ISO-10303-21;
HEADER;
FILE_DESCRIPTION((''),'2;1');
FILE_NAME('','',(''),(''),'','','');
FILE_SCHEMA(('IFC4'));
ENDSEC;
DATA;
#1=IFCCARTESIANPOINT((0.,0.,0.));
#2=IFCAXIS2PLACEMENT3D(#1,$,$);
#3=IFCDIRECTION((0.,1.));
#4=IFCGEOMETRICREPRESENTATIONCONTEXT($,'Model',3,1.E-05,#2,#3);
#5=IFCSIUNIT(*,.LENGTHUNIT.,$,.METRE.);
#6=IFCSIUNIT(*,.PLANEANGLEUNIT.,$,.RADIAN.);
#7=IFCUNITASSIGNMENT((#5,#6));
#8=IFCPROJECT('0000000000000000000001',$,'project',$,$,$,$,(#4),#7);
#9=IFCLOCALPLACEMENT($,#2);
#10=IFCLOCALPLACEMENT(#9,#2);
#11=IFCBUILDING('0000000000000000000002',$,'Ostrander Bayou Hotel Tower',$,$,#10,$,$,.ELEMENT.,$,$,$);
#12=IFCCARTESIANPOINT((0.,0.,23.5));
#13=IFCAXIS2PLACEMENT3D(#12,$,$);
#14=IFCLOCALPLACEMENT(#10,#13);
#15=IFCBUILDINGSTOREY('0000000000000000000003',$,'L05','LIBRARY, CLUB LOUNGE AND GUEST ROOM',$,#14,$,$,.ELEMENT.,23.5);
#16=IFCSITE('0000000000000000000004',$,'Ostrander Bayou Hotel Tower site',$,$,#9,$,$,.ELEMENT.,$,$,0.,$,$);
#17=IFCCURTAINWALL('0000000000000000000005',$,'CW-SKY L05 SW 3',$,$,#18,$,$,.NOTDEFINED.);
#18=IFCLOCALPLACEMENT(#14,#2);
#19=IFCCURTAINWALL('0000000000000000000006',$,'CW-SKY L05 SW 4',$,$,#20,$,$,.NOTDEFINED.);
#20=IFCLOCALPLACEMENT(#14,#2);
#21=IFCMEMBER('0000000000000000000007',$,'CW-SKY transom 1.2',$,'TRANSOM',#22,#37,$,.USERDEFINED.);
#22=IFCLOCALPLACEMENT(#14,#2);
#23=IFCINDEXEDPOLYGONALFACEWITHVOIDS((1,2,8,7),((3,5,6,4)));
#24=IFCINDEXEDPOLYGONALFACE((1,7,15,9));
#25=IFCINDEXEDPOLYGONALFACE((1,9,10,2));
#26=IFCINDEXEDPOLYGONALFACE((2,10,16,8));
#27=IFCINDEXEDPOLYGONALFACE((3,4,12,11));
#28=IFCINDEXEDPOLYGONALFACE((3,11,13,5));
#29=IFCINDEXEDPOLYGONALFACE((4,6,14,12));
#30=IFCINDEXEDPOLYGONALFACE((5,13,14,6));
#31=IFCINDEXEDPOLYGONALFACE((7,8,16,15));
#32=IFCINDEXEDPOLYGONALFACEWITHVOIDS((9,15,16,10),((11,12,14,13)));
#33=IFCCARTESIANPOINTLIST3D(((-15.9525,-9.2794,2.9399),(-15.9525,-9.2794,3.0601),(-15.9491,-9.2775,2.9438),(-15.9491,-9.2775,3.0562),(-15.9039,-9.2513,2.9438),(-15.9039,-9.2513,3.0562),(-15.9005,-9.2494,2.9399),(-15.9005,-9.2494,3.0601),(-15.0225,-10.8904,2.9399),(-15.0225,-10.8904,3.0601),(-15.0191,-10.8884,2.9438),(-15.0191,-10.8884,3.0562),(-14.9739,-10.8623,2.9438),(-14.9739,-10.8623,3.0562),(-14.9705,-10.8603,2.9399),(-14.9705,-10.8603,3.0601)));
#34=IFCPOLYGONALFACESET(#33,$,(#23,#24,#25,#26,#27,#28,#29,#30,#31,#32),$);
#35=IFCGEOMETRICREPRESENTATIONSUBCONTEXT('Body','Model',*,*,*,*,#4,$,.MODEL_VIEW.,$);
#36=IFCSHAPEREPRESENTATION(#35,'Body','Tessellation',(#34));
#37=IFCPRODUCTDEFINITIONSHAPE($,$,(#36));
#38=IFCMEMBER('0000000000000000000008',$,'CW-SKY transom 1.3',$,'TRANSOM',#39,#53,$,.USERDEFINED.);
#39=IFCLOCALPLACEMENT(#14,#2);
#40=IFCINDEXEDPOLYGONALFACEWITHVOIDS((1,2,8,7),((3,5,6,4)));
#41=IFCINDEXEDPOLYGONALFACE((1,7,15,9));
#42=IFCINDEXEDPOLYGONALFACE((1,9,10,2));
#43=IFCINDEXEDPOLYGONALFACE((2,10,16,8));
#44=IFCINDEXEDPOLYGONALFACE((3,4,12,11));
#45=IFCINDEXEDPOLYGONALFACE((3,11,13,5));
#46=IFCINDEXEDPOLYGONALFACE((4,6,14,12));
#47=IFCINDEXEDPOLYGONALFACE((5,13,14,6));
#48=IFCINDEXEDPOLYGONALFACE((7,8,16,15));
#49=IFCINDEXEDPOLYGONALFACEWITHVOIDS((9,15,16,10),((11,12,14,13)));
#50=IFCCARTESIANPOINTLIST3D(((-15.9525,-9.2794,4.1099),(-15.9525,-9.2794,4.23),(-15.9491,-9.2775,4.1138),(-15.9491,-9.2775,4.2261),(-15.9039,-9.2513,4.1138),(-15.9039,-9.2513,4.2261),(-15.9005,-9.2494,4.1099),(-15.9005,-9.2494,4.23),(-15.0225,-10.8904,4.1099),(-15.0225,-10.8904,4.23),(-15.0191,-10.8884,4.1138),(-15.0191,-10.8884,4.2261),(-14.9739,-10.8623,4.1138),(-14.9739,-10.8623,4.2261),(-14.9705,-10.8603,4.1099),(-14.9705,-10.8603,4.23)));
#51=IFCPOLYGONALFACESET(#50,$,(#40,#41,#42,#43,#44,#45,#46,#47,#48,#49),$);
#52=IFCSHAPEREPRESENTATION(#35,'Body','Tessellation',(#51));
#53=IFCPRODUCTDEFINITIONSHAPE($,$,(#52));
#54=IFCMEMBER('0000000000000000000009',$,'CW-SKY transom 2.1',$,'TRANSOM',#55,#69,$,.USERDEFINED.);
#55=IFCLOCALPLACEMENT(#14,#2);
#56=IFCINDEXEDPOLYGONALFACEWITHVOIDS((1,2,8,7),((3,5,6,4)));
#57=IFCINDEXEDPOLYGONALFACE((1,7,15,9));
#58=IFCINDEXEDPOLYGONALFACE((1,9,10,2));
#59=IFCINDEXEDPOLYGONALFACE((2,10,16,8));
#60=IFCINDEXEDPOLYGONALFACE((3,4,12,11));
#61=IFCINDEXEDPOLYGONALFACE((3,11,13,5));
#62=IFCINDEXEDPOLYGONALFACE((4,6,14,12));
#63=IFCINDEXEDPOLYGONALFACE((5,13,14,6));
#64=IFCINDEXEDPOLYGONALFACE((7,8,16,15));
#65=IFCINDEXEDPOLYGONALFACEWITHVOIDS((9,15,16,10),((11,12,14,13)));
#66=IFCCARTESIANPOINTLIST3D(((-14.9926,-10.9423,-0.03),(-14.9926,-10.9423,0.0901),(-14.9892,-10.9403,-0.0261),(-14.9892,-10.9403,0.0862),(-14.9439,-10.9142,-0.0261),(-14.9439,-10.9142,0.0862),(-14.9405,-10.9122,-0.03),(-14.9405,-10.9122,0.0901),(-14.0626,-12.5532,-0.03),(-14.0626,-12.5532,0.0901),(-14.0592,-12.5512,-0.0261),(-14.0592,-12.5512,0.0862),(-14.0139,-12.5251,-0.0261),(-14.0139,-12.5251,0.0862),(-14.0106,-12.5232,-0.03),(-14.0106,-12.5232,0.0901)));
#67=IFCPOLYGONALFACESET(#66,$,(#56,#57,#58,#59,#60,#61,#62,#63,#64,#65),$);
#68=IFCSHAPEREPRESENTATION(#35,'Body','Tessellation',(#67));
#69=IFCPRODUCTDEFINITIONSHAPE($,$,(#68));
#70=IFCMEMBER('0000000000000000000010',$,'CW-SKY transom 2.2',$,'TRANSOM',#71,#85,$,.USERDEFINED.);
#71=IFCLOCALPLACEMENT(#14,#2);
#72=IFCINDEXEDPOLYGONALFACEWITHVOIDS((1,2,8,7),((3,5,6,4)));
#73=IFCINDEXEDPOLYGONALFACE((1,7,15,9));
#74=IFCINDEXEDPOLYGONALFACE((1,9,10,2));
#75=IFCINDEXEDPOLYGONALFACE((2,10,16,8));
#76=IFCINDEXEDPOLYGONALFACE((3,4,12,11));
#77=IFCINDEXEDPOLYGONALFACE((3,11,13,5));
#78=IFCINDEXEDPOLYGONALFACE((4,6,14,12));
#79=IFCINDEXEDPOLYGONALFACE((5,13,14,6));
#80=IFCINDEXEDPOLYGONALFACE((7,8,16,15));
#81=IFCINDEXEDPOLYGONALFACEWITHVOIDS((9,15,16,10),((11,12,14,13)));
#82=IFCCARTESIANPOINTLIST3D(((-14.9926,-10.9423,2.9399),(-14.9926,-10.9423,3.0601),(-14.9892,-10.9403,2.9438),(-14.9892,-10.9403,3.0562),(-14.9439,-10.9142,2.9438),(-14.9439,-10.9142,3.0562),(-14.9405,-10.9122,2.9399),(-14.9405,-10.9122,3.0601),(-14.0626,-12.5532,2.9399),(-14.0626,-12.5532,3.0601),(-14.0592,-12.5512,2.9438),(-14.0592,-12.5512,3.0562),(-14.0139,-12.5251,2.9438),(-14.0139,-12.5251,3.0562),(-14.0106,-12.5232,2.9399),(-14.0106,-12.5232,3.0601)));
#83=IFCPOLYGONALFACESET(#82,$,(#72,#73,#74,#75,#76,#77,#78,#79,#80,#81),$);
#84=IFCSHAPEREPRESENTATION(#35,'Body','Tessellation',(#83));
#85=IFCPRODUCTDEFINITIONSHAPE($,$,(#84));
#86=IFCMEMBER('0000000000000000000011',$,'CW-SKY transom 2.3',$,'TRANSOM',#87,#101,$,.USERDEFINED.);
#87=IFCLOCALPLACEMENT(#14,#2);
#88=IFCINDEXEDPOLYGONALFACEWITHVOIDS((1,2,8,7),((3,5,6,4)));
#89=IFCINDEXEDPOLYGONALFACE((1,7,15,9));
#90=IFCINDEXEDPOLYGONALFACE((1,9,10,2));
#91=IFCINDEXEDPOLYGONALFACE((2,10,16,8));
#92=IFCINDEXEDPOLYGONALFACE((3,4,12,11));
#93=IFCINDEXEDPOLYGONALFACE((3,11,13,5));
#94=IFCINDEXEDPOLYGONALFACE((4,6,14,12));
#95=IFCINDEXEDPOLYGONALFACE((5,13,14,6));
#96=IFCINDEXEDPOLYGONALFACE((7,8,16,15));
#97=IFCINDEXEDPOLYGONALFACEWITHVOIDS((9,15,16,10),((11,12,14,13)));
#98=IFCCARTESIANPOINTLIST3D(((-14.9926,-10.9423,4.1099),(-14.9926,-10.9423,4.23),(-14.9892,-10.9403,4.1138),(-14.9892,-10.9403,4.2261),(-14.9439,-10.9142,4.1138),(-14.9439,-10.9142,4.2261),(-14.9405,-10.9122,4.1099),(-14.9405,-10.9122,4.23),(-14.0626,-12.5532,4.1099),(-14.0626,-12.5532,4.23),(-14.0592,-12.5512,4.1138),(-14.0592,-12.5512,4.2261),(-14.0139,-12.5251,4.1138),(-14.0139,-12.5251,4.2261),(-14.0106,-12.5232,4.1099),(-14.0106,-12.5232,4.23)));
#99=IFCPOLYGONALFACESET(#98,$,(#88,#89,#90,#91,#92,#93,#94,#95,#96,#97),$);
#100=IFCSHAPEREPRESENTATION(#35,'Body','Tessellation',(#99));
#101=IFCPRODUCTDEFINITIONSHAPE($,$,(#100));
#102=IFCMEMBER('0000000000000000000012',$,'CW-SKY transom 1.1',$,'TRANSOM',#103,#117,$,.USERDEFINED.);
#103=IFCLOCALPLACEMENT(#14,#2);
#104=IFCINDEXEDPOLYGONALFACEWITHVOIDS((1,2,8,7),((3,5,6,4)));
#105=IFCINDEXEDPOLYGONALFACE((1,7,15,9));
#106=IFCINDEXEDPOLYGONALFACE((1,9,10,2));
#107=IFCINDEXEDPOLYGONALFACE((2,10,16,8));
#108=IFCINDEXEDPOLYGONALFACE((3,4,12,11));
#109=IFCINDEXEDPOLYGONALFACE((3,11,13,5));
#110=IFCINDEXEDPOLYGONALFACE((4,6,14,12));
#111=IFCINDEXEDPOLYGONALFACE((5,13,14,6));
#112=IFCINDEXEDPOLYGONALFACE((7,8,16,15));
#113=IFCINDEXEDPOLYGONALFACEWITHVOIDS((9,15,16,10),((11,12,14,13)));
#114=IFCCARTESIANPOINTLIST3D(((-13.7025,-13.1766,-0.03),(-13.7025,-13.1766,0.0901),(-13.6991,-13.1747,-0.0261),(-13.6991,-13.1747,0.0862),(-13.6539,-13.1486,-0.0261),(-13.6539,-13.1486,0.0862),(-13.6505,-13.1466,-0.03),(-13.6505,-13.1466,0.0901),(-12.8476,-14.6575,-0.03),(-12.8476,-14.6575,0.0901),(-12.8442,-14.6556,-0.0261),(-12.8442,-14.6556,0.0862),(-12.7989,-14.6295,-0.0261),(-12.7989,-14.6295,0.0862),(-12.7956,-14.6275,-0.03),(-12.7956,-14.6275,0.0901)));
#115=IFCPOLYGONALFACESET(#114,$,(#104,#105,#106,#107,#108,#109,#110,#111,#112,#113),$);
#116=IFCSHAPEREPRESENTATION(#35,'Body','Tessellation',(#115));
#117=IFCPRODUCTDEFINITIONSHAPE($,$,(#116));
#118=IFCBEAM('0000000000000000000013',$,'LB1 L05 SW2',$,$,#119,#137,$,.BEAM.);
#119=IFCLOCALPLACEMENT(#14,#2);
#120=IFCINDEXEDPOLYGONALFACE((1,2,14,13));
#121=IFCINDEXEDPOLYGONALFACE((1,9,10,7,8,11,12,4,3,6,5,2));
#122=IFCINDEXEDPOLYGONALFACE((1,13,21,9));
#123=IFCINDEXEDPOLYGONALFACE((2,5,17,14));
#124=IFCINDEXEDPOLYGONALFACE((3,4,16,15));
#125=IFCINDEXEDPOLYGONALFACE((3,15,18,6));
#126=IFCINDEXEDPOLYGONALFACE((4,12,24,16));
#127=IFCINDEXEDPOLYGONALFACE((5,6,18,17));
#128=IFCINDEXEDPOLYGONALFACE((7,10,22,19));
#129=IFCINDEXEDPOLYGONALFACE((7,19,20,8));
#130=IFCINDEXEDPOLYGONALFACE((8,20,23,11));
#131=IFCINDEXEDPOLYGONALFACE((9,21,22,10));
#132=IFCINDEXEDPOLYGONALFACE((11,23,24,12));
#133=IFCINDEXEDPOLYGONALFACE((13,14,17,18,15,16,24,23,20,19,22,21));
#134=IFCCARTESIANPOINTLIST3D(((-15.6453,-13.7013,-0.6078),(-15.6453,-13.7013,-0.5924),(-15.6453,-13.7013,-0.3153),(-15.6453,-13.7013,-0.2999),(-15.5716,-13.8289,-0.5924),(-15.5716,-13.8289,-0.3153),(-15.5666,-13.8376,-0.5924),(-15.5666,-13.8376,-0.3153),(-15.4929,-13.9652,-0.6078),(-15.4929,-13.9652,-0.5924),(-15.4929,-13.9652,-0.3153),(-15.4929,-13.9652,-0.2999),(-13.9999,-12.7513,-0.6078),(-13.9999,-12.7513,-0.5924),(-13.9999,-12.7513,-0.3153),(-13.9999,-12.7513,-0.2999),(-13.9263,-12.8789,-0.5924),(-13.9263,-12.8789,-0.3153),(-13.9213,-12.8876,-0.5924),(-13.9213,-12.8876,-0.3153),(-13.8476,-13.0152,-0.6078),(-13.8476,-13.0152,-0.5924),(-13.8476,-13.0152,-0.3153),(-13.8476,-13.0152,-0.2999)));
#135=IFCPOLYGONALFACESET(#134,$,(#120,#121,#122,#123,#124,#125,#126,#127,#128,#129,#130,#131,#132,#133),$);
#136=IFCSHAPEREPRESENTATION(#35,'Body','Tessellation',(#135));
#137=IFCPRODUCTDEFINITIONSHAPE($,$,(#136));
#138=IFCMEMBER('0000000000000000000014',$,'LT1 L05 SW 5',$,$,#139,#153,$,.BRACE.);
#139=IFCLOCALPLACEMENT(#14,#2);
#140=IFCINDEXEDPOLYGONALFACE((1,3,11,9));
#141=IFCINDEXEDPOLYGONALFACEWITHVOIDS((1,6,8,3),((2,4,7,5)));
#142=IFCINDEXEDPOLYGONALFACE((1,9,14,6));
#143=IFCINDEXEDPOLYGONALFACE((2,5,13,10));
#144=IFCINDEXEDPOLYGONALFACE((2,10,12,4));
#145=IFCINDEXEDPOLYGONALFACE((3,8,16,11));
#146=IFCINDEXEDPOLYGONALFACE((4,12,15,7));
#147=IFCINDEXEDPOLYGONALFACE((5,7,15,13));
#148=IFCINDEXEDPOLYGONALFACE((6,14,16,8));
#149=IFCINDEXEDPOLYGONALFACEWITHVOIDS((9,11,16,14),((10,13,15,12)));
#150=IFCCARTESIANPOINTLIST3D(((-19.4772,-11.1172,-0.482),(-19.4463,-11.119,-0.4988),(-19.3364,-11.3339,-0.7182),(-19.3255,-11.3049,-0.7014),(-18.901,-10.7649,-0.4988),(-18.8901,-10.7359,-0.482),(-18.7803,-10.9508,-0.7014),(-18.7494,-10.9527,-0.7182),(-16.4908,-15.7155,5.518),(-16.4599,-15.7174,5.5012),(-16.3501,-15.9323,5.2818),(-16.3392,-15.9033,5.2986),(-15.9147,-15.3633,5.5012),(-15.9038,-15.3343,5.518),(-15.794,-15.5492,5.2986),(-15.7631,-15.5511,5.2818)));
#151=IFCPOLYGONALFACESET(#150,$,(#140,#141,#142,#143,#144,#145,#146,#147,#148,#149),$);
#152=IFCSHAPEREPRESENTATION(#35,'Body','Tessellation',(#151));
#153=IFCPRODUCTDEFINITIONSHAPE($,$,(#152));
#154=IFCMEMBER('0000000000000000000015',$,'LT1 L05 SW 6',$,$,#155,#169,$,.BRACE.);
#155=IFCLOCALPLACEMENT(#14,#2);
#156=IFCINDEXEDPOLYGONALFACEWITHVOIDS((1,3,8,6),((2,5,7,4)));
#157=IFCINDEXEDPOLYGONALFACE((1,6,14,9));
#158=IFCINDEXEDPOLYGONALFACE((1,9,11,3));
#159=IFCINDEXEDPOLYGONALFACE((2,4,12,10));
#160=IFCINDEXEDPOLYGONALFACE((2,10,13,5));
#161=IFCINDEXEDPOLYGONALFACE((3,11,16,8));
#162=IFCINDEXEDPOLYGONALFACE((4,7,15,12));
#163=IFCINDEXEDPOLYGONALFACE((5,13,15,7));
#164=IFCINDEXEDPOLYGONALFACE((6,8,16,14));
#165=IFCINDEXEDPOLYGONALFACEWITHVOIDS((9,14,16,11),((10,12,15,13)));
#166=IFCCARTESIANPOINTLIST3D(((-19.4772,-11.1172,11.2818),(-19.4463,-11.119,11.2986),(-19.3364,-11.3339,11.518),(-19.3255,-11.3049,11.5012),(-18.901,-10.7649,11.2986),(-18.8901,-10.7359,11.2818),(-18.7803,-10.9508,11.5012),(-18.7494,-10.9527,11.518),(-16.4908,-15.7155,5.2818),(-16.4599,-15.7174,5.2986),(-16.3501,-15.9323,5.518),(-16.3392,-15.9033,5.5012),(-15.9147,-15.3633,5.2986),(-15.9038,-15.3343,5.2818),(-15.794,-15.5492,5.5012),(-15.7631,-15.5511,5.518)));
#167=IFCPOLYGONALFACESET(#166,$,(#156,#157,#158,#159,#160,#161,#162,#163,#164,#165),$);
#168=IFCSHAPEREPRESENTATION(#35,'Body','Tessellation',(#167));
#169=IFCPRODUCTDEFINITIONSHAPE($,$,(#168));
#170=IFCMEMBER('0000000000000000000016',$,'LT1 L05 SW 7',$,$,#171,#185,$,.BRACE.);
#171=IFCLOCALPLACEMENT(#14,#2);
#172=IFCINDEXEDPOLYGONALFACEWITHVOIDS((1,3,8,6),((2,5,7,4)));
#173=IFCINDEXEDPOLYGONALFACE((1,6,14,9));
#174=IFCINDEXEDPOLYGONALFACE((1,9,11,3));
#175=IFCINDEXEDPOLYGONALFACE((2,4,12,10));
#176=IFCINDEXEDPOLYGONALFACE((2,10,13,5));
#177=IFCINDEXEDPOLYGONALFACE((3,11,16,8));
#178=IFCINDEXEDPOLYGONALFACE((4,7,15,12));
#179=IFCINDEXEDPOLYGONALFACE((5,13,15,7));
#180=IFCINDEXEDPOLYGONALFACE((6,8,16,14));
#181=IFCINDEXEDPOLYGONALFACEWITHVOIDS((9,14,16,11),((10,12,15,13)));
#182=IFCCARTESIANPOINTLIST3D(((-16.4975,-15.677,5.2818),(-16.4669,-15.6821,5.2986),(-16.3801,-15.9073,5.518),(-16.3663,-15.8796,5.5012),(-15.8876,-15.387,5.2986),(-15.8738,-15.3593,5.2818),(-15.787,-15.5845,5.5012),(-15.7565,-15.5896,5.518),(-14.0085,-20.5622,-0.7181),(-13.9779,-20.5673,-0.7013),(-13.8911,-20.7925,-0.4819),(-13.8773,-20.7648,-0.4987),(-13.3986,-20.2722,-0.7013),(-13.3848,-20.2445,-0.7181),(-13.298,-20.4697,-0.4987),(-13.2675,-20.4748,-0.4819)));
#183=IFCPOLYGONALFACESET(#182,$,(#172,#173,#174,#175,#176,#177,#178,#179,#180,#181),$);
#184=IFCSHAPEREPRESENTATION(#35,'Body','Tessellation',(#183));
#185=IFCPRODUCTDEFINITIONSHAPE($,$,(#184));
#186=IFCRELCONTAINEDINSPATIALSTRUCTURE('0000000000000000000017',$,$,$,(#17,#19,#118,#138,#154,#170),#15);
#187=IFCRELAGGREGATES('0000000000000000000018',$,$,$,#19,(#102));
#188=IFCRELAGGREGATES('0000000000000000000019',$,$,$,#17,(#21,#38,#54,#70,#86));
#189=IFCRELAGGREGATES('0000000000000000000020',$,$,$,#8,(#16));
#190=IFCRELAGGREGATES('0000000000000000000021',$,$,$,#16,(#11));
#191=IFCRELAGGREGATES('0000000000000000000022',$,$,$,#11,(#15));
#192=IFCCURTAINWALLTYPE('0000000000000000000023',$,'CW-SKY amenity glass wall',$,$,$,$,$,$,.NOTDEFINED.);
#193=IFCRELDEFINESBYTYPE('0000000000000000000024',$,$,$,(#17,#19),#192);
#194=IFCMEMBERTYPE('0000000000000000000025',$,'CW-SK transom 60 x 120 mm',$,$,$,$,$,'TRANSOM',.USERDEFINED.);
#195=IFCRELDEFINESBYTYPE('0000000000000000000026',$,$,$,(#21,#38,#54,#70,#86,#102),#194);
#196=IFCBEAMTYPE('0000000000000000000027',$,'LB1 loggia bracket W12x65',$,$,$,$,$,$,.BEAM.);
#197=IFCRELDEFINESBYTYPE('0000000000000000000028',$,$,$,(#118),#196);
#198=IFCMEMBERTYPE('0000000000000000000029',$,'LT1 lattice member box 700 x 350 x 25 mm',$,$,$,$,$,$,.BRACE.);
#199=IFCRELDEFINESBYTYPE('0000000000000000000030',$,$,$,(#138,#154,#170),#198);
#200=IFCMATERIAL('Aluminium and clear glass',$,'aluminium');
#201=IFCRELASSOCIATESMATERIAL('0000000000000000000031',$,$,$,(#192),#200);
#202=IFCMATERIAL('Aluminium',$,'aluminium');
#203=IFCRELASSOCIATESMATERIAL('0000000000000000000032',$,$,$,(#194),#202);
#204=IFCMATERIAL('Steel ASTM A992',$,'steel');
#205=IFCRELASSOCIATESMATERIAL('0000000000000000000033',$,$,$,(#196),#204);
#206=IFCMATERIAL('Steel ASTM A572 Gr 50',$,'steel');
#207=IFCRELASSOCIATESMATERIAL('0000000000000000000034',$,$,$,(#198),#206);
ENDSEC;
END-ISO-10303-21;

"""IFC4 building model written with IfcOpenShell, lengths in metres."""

from ifc_helpers import new_model, si_unit, direction, frame, origin, origin_2d, place, context, subcontext, project, spatial, hollow_rectangle, i_section, extrude, material, material_profile, profile_set, type_object, element, aggregate, save


model = new_model("IFC4")

# Units and contexts
model_context = context("Model", 3, precision=1e-05, world=origin(), true_north=direction((0.0, 1.0)))
body_context = subcontext(model_context, "Body", "Model", "MODEL_VIEW")
ifc_project = project(units=[si_unit("LENGTHUNIT", "METRE"), si_unit("PLANEANGLEUNIT", "RADIAN")], contexts=[model_context])

# Site, building, storey
site_placement = place(None, origin())
site = spatial("IfcSite", under=ifc_project, at=site_placement, Name="Ostrander Bayou Hotel Tower site", CompositionType="ELEMENT", RefElevation=0.0)
building_placement = place(site_placement, origin())
building = spatial("IfcBuilding", under=site, at=building_placement, Name="Ostrander Bayou Hotel Tower", CompositionType="ELEMENT")
storey_placement = place(building_placement, frame((0.0, 0.0, 23.5)))
storey = spatial("IfcBuildingStorey", under=building, at=storey_placement, Name="L05", Description="LIBRARY, CLUB LOUNGE AND GUEST ROOM", CompositionType="ELEMENT", Elevation=23.5)

# Curtain wall
ifc_material_1 = material(Name="Aluminium and clear glass", Category="aluminium")
curtain_wall_type_1 = type_object("IfcCurtainWallType", Name="CW-SKY amenity glass wall", PredefinedType="NOTDEFINED", material=ifc_material_1)
curtain_wall_1_placement = place(storey_placement, origin())
curtain_wall_1 = element("IfcCurtainWall", 1, at=curtain_wall_1_placement, inside=storey, type_object=curtain_wall_type_1, Name="CW-SKY L05 SW 3", PredefinedType="NOTDEFINED")

# Curtain wall
curtain_wall_2_placement = place(storey_placement, origin())
curtain_wall_2 = element("IfcCurtainWall", 2, at=curtain_wall_2_placement, inside=storey, type_object=curtain_wall_type_1, Name="CW-SKY L05 SW 4", PredefinedType="NOTDEFINED")

# Members
ifc_material_2 = material(Name="Aluminium", Category="aluminium")
ifc_material_profile_1 = material_profile(ifc_material_2, hollow_rectangle(XDim=0.0601, YDim=0.1201, WallThickness=0.0039, at=origin_2d()))
ifc_profile_set_1 = profile_set([ifc_material_profile_1], Name="Aluminium")
member_type_1 = type_object("IfcMemberType", Name="CW-SK transom 60 x 120 mm", ElementType="TRANSOM", PredefinedType="USERDEFINED", material=ifc_profile_set_1)
member_1_placement = place(storey_placement, frame((-15.9265, -9.2644, 3.0), z_axis=(0.499965, -0.866046, 0.0), x_axis=(0.866046, 0.499965, 0.0)))
member_1 = element("IfcMember", 3, at=member_1_placement, type_object=member_type_1, Name="CW-SKY transom 1.2", ObjectType="TRANSOM", PredefinedType="USERDEFINED", context=body_context, shape_type="SweptSolid", body=[
    extrude(hollow_rectangle(XDim=0.0601, YDim=0.1201, WallThickness=0.0039, at=origin_2d()), origin(), (0.0, 0.0, 1.0), 1.8601),
])
member_2_placement = place(storey_placement, frame((-15.9265, -9.2644, 4.1699), z_axis=(0.499965, -0.866046, 0.0), x_axis=(0.866046, 0.499965, 0.0)))
member_2 = element("IfcMember", 4, at=member_2_placement, type_object=member_type_1, Name="CW-SKY transom 1.3", ObjectType="TRANSOM", PredefinedType="USERDEFINED", context=body_context, shape_type="SweptSolid", body=[
    extrude(hollow_rectangle(XDim=0.0601, YDim=0.1201, WallThickness=0.0039, at=origin_2d()), origin(), (0.0, 0.0, 1.0), 1.8601),
])
member_3_placement = place(storey_placement, frame((-14.9666, -10.9272, 0.03), z_axis=(0.499965, -0.866046, 0.0), x_axis=(0.866046, 0.499965, 0.0)))
member_3 = element("IfcMember", 5, at=member_3_placement, type_object=member_type_1, Name="CW-SKY transom 2.1", ObjectType="TRANSOM", PredefinedType="USERDEFINED", context=body_context, shape_type="SweptSolid", body=[
    extrude(hollow_rectangle(XDim=0.0601, YDim=0.1201, WallThickness=0.0039, at=origin_2d()), origin(), (0.0, 0.0, 1.0), 1.8601),
])
member_4_placement = place(storey_placement, frame((-14.9666, -10.9272, 3.0), z_axis=(0.499965, -0.866046, 0.0), x_axis=(0.866046, 0.499965, 0.0)))
member_4 = element("IfcMember", 6, at=member_4_placement, type_object=member_type_1, Name="CW-SKY transom 2.2", ObjectType="TRANSOM", PredefinedType="USERDEFINED", context=body_context, shape_type="SweptSolid", body=[
    extrude(hollow_rectangle(XDim=0.0601, YDim=0.1201, WallThickness=0.0039, at=origin_2d()), origin(), (0.0, 0.0, 1.0), 1.8601),
])
member_5_placement = place(storey_placement, frame((-14.9666, -10.9272, 4.1699), z_axis=(0.499965, -0.866046, 0.0), x_axis=(0.866046, 0.499965, 0.0)))
member_5 = element("IfcMember", 7, at=member_5_placement, type_object=member_type_1, Name="CW-SKY transom 2.3", ObjectType="TRANSOM", PredefinedType="USERDEFINED", context=body_context, shape_type="SweptSolid", body=[
    extrude(hollow_rectangle(XDim=0.0601, YDim=0.1201, WallThickness=0.0039, at=origin_2d()), origin(), (0.0, 0.0, 1.0), 1.8601),
])
member_6_placement = place(storey_placement, frame((-13.6765, -13.1616, 0.03), z_axis=(0.499978, -0.866038, 0.0), x_axis=(0.866038, 0.499978, 0.0)))
member_6 = element("IfcMember", 8, at=member_6_placement, type_object=member_type_1, Name="CW-SKY transom 1.1", ObjectType="TRANSOM", PredefinedType="USERDEFINED", context=body_context, shape_type="SweptSolid", body=[
    extrude(hollow_rectangle(XDim=0.0601, YDim=0.1201, WallThickness=0.0039, at=origin_2d()), origin(), (0.0, 0.0, 1.0), 1.71),
])
aggregate(curtain_wall_2, [member_6])

# Beam
ifc_material_3 = material(Name="Steel ASTM A992", Category="steel")
ifc_material_profile_2 = material_profile(ifc_material_3, i_section(OverallWidth=0.3047, OverallDepth=0.3079, WebThickness=0.01, FlangeThickness=0.0154, at=origin_2d()))
ifc_profile_set_2 = profile_set([ifc_material_profile_2], Name="Steel ASTM A992")
beam_type_1 = type_object("IfcBeamType", Name="LB1 loggia bracket W12x65", PredefinedType="BEAM", material=ifc_profile_set_2)
beam_1_placement = place(storey_placement, frame((-15.5691, -13.8333, -0.4539), z_axis=(0.866012, 0.500023, 0.0), x_axis=(-0.500023, 0.866012, 0.0)))
element("IfcBeam", 9, at=beam_1_placement, inside=storey, type_object=beam_type_1, Name="LB1 L05 SW2", PredefinedType="BEAM", context=body_context, shape_type="SweptSolid", body=[
    extrude(i_section(OverallWidth=0.3047, OverallDepth=0.3079, WebThickness=0.01, FlangeThickness=0.0154, at=origin_2d()), origin(), (0.0, 0.0, 1.0), 1.8999),
])

# Members
ifc_material_4 = material(Name="Steel ASTM A572 Gr 50", Category="steel")
ifc_material_profile_3 = material_profile(ifc_material_4, hollow_rectangle(XDim=0.7, YDim=0.3501, WallThickness=0.0249, at=origin_2d()))
ifc_profile_set_3 = profile_set([ifc_material_profile_3], Name="Steel ASTM A572 Gr 50")
member_type_2 = type_object("IfcMemberType", Name="LT1 lattice member box 700 x 350 x 25 mm", PredefinedType="BRACE", material=ifc_profile_set_3)
for number, where, z_axis, x_axis, name in (
    (10, (-16.127, -15.6333, 5.3999), (-0.367415, 0.565751, -0.738195), (-0.838662, -0.544652, 0.0), "LT1 L05 SW 5"),
    (11, (-16.127, -15.6333, 5.3999), (-0.367415, 0.565751, 0.738195), (-0.838662, -0.544652, 0.0), "LT1 L05 SW 6"),
):
    element("IfcMember", number, at=place(storey_placement, frame(where, z_axis=z_axis, x_axis=x_axis)), inside=storey, type_object=member_type_2, Name=name, PredefinedType="BRACE", context=body_context, shape_type="SweptSolid", body=[
        extrude(hollow_rectangle(XDim=0.7, YDim=0.3501, WallThickness=0.0249, at=origin_2d()), origin(), (0.0, 0.0, 1.0), 8.1279),
    ])
for number, where, z_axis, x_axis, name in (
    (12, (-16.127, -15.6333, 5.3999), (0.306235, -0.601056, -0.738208), (0.891017, 0.453969, 0.0), "LT1 L05 SW 7"),
):
    element("IfcMember", number, at=place(storey_placement, frame(where, z_axis=z_axis, x_axis=x_axis)), inside=storey, type_object=member_type_2, Name=name, PredefinedType="BRACE", context=body_context, shape_type="SweptSolid", body=[
        extrude(hollow_rectangle(XDim=0.7, YDim=0.3501, WallThickness=0.0249, at=origin_2d()), origin(), (0.0, 0.0, 1.0), 8.1277),
    ])

aggregate(curtain_wall_1, [member_1, member_2, member_3, member_4, member_5])

save(model, "model.ifc")
